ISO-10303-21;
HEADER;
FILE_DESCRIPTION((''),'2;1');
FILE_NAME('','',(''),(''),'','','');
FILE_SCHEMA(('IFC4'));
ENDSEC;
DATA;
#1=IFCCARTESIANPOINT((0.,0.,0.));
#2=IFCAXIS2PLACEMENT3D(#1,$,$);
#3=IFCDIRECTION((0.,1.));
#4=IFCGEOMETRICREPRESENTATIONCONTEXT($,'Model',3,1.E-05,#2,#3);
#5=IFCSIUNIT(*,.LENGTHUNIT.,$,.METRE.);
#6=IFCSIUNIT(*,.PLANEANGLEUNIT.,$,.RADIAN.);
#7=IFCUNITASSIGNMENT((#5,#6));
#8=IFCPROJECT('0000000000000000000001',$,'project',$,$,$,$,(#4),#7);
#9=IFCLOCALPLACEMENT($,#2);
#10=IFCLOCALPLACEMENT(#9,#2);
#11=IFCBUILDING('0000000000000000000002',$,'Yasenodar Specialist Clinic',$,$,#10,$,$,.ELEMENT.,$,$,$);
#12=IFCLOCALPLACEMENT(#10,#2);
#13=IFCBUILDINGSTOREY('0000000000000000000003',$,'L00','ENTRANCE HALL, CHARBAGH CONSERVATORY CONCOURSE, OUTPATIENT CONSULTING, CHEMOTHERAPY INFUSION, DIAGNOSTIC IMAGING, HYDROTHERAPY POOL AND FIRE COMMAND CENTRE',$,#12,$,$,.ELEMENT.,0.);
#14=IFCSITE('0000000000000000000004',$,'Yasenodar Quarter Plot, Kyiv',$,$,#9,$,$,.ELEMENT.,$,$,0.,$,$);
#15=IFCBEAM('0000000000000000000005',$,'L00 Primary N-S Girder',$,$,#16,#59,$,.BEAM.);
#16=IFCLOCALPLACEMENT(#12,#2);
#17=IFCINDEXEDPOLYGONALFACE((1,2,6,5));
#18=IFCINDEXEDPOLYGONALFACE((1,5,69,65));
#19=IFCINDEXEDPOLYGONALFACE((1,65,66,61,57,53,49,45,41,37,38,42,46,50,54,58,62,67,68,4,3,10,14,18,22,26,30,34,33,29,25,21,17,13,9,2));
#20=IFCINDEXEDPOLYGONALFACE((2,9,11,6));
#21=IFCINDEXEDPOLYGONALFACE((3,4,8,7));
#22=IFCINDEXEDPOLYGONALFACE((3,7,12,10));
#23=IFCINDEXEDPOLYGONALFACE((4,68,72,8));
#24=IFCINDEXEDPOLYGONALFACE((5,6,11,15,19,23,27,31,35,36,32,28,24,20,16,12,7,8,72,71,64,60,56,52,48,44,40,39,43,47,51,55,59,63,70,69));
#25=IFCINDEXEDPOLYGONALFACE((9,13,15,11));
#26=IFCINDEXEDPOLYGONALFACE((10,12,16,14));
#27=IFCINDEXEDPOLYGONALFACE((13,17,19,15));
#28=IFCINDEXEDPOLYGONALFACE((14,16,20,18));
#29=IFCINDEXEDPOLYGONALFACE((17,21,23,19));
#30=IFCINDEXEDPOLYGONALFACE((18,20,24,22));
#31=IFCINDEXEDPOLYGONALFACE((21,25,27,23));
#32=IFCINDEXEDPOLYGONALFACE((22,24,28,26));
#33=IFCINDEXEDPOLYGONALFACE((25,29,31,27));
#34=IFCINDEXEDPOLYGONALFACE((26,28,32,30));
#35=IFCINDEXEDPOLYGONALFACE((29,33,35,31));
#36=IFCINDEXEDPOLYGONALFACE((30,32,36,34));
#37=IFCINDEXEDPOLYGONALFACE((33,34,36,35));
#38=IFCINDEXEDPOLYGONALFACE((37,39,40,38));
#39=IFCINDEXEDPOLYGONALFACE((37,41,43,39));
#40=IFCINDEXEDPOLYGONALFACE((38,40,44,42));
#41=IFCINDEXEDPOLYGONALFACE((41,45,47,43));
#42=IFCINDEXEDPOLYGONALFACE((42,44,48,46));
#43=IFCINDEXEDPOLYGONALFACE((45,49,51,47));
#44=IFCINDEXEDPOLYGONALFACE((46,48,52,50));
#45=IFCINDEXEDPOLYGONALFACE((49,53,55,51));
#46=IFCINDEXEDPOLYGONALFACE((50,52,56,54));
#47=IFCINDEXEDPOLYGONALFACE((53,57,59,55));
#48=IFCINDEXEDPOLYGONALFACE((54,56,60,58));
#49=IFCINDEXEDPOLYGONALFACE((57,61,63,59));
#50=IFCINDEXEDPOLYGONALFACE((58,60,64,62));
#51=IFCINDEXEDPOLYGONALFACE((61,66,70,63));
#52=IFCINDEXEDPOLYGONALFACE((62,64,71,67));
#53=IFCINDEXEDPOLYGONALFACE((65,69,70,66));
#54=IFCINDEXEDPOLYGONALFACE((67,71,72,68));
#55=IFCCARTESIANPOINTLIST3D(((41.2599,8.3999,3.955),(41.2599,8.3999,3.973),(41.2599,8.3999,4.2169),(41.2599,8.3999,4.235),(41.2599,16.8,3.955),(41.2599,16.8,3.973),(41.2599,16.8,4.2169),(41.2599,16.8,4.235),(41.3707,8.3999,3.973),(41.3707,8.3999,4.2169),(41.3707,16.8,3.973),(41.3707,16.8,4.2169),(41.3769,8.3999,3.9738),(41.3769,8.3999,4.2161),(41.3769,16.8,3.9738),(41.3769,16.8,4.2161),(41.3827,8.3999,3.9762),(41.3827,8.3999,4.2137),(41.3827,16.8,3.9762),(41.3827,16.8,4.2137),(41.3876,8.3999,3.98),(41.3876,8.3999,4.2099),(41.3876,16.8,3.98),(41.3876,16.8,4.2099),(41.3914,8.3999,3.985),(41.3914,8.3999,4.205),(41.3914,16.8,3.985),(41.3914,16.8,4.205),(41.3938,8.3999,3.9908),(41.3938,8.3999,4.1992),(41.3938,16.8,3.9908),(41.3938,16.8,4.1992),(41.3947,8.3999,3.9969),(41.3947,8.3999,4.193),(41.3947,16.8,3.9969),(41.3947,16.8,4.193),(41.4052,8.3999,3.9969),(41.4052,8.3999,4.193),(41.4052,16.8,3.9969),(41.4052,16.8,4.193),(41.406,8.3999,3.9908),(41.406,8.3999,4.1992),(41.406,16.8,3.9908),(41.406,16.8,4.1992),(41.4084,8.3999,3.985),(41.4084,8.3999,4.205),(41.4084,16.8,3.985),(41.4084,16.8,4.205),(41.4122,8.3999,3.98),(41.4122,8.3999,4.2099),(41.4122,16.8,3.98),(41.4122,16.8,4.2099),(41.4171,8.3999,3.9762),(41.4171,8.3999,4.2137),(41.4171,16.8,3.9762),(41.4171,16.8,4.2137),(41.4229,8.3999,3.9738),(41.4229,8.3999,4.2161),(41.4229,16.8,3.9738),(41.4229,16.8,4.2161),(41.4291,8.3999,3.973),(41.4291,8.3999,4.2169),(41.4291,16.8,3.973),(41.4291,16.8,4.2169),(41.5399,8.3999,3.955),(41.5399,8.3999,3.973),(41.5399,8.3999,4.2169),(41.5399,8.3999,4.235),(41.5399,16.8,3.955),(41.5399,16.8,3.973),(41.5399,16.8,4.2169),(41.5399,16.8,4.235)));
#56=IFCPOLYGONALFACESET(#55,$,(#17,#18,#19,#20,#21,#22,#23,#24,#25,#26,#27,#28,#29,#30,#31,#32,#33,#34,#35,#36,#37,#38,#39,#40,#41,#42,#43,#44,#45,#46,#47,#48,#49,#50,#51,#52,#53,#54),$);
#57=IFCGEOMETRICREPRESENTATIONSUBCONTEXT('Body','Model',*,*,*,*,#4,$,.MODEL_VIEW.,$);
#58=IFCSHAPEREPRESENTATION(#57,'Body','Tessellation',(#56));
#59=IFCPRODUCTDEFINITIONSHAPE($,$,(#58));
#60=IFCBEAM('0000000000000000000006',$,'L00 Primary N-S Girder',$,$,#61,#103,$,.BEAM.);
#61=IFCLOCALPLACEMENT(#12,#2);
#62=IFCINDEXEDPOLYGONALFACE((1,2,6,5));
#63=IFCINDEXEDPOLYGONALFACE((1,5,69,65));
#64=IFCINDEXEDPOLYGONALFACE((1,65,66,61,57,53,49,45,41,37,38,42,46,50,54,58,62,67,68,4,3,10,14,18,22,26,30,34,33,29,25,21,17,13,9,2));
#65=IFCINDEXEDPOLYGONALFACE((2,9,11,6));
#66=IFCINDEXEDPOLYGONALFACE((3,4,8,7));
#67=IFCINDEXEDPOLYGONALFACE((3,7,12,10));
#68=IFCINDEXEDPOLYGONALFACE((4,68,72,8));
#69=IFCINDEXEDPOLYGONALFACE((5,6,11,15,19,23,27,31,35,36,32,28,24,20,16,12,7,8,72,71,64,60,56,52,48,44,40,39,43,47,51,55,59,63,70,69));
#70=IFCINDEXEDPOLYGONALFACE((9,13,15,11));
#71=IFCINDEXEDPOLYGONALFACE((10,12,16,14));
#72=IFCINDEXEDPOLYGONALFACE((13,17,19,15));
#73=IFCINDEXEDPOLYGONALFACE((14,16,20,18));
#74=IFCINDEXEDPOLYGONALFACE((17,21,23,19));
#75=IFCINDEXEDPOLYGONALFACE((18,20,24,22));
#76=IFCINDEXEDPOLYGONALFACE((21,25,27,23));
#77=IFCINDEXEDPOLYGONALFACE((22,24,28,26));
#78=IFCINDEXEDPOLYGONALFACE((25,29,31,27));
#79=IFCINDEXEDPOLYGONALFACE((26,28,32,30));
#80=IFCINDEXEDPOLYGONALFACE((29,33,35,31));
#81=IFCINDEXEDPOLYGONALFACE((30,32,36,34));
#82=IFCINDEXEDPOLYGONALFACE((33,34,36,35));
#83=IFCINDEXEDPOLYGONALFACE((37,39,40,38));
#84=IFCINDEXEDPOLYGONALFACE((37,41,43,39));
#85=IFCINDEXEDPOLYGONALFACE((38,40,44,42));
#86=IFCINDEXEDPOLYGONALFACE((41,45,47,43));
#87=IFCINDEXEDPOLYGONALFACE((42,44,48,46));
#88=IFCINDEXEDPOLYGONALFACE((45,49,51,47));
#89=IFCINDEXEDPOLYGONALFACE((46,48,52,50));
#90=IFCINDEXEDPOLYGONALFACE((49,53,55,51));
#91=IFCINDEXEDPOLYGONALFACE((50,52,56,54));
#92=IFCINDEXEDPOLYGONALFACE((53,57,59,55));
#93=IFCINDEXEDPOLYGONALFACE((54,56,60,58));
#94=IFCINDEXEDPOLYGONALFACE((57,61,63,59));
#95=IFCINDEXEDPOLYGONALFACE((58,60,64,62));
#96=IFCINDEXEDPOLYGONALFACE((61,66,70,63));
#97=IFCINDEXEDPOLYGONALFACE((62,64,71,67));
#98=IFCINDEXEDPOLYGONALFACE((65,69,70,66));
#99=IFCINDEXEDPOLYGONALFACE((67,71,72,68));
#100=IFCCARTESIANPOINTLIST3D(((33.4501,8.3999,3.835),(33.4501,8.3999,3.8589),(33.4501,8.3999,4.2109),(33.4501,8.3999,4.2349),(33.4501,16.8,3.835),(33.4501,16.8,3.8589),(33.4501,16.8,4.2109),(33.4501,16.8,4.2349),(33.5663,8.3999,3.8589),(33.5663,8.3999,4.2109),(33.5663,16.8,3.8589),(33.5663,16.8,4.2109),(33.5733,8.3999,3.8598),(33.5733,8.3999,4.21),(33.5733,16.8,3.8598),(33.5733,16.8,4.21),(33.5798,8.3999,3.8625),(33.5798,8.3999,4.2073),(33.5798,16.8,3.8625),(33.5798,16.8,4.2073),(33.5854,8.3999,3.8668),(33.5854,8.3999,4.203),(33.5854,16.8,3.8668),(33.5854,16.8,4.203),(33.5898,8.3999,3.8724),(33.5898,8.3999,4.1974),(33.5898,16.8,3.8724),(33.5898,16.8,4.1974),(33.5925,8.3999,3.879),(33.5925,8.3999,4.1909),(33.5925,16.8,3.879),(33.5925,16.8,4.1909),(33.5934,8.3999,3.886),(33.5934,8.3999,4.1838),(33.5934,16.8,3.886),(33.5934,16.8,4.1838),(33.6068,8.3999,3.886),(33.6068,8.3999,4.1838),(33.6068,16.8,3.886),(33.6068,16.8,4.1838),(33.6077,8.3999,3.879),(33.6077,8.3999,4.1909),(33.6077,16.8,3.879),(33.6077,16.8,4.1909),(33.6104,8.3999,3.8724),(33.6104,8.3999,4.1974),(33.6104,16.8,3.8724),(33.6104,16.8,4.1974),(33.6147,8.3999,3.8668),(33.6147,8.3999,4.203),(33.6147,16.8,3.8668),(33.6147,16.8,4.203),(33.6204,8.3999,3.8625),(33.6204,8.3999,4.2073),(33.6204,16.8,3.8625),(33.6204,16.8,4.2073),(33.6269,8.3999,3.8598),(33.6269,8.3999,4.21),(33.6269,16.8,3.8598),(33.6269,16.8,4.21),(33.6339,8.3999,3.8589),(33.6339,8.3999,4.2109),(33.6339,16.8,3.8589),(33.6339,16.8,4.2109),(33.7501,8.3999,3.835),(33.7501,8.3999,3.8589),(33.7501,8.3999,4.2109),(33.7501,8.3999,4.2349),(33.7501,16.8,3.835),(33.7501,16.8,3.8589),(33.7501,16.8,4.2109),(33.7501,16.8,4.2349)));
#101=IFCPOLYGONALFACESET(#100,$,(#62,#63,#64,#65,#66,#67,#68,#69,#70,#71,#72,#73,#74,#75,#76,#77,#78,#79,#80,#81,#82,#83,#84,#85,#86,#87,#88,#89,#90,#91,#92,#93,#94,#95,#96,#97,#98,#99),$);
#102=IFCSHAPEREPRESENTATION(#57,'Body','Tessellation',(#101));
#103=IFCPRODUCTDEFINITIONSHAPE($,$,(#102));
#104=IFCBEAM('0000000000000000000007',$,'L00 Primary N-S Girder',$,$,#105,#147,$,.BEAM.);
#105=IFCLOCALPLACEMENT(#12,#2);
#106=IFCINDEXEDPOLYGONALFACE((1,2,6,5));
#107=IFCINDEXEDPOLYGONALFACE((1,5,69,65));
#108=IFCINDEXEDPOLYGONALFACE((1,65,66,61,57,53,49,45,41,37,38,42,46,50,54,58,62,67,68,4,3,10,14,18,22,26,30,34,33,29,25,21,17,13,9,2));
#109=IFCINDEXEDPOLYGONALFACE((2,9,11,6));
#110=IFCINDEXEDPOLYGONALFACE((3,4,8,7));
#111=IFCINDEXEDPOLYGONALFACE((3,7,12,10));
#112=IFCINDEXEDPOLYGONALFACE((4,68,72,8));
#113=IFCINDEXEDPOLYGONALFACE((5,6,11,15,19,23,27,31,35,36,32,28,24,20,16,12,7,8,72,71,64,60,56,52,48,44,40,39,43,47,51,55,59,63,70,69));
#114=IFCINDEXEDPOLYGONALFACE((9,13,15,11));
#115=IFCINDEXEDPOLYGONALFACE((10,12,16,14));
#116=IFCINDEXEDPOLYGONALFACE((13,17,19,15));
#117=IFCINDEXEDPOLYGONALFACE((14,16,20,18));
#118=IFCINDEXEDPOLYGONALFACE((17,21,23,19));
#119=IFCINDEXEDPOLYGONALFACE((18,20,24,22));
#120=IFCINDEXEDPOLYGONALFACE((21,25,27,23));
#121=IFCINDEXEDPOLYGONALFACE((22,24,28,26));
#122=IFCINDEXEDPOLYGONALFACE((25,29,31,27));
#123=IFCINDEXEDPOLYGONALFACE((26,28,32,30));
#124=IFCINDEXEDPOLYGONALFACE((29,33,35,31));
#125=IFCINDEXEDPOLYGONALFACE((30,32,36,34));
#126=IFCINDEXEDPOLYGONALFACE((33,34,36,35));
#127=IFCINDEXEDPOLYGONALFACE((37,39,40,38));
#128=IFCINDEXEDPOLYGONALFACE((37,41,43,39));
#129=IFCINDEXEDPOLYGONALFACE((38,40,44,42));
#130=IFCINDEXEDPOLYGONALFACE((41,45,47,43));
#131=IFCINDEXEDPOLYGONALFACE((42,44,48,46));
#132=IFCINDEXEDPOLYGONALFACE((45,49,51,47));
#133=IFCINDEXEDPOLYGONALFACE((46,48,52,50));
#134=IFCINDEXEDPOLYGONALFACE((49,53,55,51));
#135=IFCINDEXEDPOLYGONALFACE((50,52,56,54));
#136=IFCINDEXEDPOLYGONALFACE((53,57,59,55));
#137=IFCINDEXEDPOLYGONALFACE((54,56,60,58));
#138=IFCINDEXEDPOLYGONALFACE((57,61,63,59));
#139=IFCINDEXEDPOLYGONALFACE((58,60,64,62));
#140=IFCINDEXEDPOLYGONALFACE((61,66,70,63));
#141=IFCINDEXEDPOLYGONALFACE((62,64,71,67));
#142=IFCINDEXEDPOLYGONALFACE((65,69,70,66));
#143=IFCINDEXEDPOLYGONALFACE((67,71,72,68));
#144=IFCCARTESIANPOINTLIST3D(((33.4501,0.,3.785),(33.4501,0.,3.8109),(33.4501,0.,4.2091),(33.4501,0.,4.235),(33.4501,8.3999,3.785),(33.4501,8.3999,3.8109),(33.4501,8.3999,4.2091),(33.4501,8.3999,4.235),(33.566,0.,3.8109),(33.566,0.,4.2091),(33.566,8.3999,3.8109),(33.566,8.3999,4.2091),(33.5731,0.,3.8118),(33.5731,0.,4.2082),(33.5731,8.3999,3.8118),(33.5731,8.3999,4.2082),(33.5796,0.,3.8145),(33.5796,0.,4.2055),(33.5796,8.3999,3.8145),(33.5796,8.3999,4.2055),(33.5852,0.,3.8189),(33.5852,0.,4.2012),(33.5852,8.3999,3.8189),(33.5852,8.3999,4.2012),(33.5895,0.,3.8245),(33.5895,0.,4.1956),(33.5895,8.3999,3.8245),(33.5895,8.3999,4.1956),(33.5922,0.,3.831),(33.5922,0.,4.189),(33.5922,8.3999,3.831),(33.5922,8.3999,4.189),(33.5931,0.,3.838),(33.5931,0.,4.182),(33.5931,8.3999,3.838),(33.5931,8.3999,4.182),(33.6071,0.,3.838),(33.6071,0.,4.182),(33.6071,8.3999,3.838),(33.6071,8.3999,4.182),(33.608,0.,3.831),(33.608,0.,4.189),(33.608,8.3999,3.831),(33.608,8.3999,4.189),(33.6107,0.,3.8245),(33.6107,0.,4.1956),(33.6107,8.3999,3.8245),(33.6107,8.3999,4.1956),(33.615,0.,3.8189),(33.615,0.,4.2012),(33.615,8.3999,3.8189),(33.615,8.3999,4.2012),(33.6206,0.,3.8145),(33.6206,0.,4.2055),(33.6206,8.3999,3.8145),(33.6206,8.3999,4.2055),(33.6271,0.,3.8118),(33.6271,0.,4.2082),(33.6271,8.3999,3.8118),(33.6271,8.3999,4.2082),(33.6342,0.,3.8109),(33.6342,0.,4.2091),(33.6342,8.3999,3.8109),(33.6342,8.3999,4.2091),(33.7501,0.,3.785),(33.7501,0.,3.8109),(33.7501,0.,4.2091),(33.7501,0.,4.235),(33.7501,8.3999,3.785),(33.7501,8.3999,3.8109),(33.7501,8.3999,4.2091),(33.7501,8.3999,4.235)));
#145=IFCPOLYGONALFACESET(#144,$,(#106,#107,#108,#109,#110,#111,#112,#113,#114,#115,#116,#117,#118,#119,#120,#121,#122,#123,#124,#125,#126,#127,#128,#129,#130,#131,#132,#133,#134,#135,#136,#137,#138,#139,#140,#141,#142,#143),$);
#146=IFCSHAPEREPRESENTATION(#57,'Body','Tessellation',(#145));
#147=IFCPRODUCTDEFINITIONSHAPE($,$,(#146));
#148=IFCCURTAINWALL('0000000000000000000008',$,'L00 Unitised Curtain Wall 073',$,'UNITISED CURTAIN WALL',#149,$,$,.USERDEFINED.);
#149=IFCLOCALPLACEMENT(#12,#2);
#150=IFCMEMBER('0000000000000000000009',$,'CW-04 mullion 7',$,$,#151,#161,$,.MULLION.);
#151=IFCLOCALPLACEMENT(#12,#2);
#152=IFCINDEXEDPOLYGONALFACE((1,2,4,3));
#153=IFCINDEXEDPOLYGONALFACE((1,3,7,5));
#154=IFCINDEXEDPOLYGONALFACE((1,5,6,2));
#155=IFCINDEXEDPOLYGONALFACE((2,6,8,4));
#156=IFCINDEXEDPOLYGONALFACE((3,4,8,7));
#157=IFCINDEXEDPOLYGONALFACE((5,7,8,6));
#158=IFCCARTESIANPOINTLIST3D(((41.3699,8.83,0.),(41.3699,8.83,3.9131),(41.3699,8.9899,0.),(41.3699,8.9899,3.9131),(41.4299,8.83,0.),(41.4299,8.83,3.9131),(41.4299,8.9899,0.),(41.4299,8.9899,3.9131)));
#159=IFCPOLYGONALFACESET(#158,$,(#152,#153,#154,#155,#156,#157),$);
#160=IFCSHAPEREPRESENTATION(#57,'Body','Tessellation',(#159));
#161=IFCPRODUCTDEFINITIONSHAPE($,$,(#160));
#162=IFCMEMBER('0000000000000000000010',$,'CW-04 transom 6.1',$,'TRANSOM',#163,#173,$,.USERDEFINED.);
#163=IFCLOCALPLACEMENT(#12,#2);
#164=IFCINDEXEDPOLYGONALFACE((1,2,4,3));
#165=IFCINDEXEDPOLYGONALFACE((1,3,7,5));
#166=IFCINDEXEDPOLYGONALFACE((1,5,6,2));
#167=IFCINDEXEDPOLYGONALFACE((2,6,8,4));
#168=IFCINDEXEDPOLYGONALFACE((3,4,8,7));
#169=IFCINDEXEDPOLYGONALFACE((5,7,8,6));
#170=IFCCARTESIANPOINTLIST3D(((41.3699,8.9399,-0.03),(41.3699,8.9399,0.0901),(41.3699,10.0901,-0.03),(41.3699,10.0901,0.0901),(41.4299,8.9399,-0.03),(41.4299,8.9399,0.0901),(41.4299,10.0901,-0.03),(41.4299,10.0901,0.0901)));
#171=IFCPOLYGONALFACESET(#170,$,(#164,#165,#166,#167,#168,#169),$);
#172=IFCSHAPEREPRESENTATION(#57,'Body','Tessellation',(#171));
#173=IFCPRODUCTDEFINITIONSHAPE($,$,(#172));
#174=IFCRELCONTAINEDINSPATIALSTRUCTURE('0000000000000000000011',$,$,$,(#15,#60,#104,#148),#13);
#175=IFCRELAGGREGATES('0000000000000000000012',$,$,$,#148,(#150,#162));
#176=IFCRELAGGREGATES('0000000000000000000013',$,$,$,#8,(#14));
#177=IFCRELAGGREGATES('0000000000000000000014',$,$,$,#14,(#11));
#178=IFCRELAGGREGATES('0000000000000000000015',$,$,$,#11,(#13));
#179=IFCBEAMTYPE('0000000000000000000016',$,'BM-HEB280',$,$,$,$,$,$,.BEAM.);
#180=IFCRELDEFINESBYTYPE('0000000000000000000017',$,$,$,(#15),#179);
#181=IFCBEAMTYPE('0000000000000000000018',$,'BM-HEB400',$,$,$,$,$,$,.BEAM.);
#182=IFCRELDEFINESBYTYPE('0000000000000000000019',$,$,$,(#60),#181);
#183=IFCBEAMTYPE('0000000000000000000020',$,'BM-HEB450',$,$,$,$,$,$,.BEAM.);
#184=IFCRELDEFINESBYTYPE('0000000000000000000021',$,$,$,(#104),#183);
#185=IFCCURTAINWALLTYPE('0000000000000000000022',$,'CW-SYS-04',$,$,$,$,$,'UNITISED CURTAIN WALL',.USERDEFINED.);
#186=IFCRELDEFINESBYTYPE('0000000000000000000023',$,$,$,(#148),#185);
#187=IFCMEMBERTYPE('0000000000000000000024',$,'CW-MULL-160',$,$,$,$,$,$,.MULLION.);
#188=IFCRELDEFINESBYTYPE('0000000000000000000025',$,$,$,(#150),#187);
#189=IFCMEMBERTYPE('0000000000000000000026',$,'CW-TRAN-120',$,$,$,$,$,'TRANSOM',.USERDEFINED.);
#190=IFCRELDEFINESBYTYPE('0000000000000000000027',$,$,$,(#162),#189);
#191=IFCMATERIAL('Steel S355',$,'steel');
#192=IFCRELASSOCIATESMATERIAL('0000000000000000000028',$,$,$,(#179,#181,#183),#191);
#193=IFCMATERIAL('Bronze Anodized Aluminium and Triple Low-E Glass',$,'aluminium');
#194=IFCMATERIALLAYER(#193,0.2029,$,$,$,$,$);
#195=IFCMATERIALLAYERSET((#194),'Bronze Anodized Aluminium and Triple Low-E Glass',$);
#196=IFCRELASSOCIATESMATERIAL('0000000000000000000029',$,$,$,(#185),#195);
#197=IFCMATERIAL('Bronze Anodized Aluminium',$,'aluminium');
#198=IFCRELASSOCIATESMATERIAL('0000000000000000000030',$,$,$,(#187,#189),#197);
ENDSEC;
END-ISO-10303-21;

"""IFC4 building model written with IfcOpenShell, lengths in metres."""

from ifc_helpers import new_model, si_unit, direction, frame, origin, origin_2d, place, context, subcontext, project, spatial, rectangle, i_section, extrude, material, layer, layer_set, material_profile, profile_set, type_object, element, aggregate, save


model = new_model("IFC4")

# Units and contexts
model_context = context("Model", 3, precision=1e-05, world=origin(), true_north=direction((0.0, 1.0)))
body_context = subcontext(model_context, "Body", "Model", "MODEL_VIEW")
ifc_project = project(units=[si_unit("LENGTHUNIT", "METRE"), si_unit("PLANEANGLEUNIT", "RADIAN")], contexts=[model_context])

# Site, building, storey
site_placement = place(None, origin())
site = spatial("IfcSite", under=ifc_project, at=site_placement, Name="Yasenodar Quarter Plot, Kyiv", CompositionType="ELEMENT", RefElevation=0.0)
building_placement = place(site_placement, origin())
building = spatial("IfcBuilding", under=site, at=building_placement, Name="Yasenodar Specialist Clinic", CompositionType="ELEMENT")
storey_placement = place(building_placement, origin())
storey = spatial("IfcBuildingStorey", under=building, at=storey_placement, Name="L00", Description="ENTRANCE HALL, CHARBAGH CONSERVATORY CONCOURSE, OUTPATIENT CONSULTING, CHEMOTHERAPY INFUSION, DIAGNOSTIC IMAGING, HYDROTHERAPY POOL AND FIRE COMMAND CENTRE", CompositionType="ELEMENT", Elevation=0.0)

# Shared definitions
ifc_material_1 = material(Name="Steel S355", Category="steel")

# Beams
ifc_material_profile_1 = material_profile(ifc_material_1, i_section(OverallWidth=0.28, OverallDepth=0.28, WebThickness=0.0105, FlangeThickness=0.0181, FilletRadius=0.0239, at=origin_2d()), Name="HEB 280")
ifc_profile_set_1 = profile_set([ifc_material_profile_1], Name="Steel S355")
beam_type_1 = type_object("IfcBeamType", Name="BM-HEB280", PredefinedType="BEAM", material=ifc_profile_set_1)
beam_1_placement = place(storey_placement, frame((41.3999, 8.3999, 4.095), z_axis=(0.0, 1.0, 0.0), x_axis=(-1.0, 0.0, 0.0)))
element("IfcBeam", 1, at=beam_1_placement, inside=storey, type_object=beam_type_1, Name="L00 Primary N-S Girder", PredefinedType="BEAM", context=body_context, shape_type="SweptSolid", body=[
    extrude(i_section(OverallWidth=0.28, OverallDepth=0.28, WebThickness=0.0105, FlangeThickness=0.0181, FilletRadius=0.0239, at=origin_2d()), origin(), (0.0, 0.0, 1.0), 8.4001),
])
ifc_material_profile_2 = material_profile(ifc_material_1, i_section(OverallWidth=0.3, OverallDepth=0.3999, WebThickness=0.0134, FlangeThickness=0.0239, FilletRadius=0.0271, at=origin_2d()), Name="HEB 400")
ifc_profile_set_2 = profile_set([ifc_material_profile_2], Name="Steel S355")
beam_type_2 = type_object("IfcBeamType", Name="BM-HEB400", PredefinedType="BEAM", material=ifc_profile_set_2)
beam_2_placement = place(storey_placement, frame((33.6001, 8.3999, 4.0349), z_axis=(0.0, 1.0, 0.0), x_axis=(-1.0, 0.0, 0.0)))
element("IfcBeam", 2, at=beam_2_placement, inside=storey, type_object=beam_type_2, Name="L00 Primary N-S Girder", PredefinedType="BEAM", context=body_context, shape_type="SweptSolid", body=[
    extrude(i_section(OverallWidth=0.3, OverallDepth=0.3999, WebThickness=0.0134, FlangeThickness=0.0239, FilletRadius=0.0271, at=origin_2d()), origin(), (0.0, 0.0, 1.0), 8.4001),
])
ifc_material_profile_3 = material_profile(ifc_material_1, i_section(OverallWidth=0.3, OverallDepth=0.45, WebThickness=0.0139, FlangeThickness=0.0259, FilletRadius=0.0271, at=origin_2d()), Name="HEB 450")
ifc_profile_set_3 = profile_set([ifc_material_profile_3], Name="Steel S355")
beam_type_3 = type_object("IfcBeamType", Name="BM-HEB450", PredefinedType="BEAM", material=ifc_profile_set_3)
beam_3_placement = place(storey_placement, frame((33.6001, 0.0, 4.01), z_axis=(0.0, 1.0, 0.0), x_axis=(-1.0, 0.0, 0.0)))
element("IfcBeam", 3, at=beam_3_placement, inside=storey, type_object=beam_type_3, Name="L00 Primary N-S Girder", PredefinedType="BEAM", context=body_context, shape_type="SweptSolid", body=[
    extrude(i_section(OverallWidth=0.3, OverallDepth=0.45, WebThickness=0.0139, FlangeThickness=0.0259, FilletRadius=0.0271, at=origin_2d()), origin(), (0.0, 0.0, 1.0), 8.3999),
])

# Curtain wall, members
ifc_material_2 = material(Name="Bronze Anodized Aluminium and Triple Low-E Glass", Category="aluminium")
ifc_layer_1 = layer(ifc_material_2, 0.2029)
ifc_layer_set_1 = layer_set([ifc_layer_1], Name="Bronze Anodized Aluminium and Triple Low-E Glass")
curtain_wall_type = type_object("IfcCurtainWallType", Name="CW-SYS-04", ElementType="UNITISED CURTAIN WALL", PredefinedType="USERDEFINED", material=ifc_layer_set_1)
curtain_wall_placement = place(storey_placement, origin())
curtain_wall = element("IfcCurtainWall", 4, at=curtain_wall_placement, inside=storey, type_object=curtain_wall_type, Name="L00 Unitised Curtain Wall 073", ObjectType="UNITISED CURTAIN WALL", PredefinedType="USERDEFINED")
ifc_material_3 = material(Name="Bronze Anodized Aluminium", Category="aluminium")
ifc_material_profile_4 = material_profile(ifc_material_3, rectangle(XDim=0.0601, YDim=0.1599, at=origin_2d()), Name="CW-MULL 60x160")
ifc_profile_set_4 = profile_set([ifc_material_profile_4], Name="Bronze Anodized Aluminium")
member_type_1 = type_object("IfcMemberType", Name="CW-MULL-160", PredefinedType="MULLION", material=ifc_profile_set_4)
member_1_placement = place(storey_placement, frame((41.3999, 8.9099, 0.0), z_axis=(0.0, 0.0, 1.0), x_axis=(1.0, 0.0, 0.0)))
member_1 = element("IfcMember", 5, at=member_1_placement, type_object=member_type_1, Name="CW-04 mullion 7", PredefinedType="MULLION", context=body_context, shape_type="SweptSolid", body=[
    extrude(rectangle(XDim=0.0601, YDim=0.1599, at=origin_2d()), origin(), (0.0, 0.0, 1.0), 3.9131),
])
ifc_material_profile_5 = material_profile(ifc_material_3, rectangle(XDim=0.0601, YDim=0.1201, at=origin_2d()), Name="CW-TRAN 60x120")
ifc_profile_set_5 = profile_set([ifc_material_profile_5], Name="Bronze Anodized Aluminium")
member_type_2 = type_object("IfcMemberType", Name="CW-TRAN-120", ElementType="TRANSOM", PredefinedType="USERDEFINED", material=ifc_profile_set_5)
member_2_placement = place(storey_placement, frame((41.3999, 10.0901, 0.03), z_axis=(0.0, -1.0, 0.0), x_axis=(1.0, 0.0, 0.0)))
member_2 = element("IfcMember", 6, at=member_2_placement, type_object=member_type_2, Name="CW-04 transom 6.1", ObjectType="TRANSOM", PredefinedType="USERDEFINED", context=body_context, shape_type="SweptSolid", body=[
    extrude(rectangle(XDim=0.0601, YDim=0.1201, at=origin_2d()), origin(), (0.0, 0.0, 1.0), 1.1501),
])

aggregate(curtain_wall, [member_1, member_2])

save(model, "model.ifc")
